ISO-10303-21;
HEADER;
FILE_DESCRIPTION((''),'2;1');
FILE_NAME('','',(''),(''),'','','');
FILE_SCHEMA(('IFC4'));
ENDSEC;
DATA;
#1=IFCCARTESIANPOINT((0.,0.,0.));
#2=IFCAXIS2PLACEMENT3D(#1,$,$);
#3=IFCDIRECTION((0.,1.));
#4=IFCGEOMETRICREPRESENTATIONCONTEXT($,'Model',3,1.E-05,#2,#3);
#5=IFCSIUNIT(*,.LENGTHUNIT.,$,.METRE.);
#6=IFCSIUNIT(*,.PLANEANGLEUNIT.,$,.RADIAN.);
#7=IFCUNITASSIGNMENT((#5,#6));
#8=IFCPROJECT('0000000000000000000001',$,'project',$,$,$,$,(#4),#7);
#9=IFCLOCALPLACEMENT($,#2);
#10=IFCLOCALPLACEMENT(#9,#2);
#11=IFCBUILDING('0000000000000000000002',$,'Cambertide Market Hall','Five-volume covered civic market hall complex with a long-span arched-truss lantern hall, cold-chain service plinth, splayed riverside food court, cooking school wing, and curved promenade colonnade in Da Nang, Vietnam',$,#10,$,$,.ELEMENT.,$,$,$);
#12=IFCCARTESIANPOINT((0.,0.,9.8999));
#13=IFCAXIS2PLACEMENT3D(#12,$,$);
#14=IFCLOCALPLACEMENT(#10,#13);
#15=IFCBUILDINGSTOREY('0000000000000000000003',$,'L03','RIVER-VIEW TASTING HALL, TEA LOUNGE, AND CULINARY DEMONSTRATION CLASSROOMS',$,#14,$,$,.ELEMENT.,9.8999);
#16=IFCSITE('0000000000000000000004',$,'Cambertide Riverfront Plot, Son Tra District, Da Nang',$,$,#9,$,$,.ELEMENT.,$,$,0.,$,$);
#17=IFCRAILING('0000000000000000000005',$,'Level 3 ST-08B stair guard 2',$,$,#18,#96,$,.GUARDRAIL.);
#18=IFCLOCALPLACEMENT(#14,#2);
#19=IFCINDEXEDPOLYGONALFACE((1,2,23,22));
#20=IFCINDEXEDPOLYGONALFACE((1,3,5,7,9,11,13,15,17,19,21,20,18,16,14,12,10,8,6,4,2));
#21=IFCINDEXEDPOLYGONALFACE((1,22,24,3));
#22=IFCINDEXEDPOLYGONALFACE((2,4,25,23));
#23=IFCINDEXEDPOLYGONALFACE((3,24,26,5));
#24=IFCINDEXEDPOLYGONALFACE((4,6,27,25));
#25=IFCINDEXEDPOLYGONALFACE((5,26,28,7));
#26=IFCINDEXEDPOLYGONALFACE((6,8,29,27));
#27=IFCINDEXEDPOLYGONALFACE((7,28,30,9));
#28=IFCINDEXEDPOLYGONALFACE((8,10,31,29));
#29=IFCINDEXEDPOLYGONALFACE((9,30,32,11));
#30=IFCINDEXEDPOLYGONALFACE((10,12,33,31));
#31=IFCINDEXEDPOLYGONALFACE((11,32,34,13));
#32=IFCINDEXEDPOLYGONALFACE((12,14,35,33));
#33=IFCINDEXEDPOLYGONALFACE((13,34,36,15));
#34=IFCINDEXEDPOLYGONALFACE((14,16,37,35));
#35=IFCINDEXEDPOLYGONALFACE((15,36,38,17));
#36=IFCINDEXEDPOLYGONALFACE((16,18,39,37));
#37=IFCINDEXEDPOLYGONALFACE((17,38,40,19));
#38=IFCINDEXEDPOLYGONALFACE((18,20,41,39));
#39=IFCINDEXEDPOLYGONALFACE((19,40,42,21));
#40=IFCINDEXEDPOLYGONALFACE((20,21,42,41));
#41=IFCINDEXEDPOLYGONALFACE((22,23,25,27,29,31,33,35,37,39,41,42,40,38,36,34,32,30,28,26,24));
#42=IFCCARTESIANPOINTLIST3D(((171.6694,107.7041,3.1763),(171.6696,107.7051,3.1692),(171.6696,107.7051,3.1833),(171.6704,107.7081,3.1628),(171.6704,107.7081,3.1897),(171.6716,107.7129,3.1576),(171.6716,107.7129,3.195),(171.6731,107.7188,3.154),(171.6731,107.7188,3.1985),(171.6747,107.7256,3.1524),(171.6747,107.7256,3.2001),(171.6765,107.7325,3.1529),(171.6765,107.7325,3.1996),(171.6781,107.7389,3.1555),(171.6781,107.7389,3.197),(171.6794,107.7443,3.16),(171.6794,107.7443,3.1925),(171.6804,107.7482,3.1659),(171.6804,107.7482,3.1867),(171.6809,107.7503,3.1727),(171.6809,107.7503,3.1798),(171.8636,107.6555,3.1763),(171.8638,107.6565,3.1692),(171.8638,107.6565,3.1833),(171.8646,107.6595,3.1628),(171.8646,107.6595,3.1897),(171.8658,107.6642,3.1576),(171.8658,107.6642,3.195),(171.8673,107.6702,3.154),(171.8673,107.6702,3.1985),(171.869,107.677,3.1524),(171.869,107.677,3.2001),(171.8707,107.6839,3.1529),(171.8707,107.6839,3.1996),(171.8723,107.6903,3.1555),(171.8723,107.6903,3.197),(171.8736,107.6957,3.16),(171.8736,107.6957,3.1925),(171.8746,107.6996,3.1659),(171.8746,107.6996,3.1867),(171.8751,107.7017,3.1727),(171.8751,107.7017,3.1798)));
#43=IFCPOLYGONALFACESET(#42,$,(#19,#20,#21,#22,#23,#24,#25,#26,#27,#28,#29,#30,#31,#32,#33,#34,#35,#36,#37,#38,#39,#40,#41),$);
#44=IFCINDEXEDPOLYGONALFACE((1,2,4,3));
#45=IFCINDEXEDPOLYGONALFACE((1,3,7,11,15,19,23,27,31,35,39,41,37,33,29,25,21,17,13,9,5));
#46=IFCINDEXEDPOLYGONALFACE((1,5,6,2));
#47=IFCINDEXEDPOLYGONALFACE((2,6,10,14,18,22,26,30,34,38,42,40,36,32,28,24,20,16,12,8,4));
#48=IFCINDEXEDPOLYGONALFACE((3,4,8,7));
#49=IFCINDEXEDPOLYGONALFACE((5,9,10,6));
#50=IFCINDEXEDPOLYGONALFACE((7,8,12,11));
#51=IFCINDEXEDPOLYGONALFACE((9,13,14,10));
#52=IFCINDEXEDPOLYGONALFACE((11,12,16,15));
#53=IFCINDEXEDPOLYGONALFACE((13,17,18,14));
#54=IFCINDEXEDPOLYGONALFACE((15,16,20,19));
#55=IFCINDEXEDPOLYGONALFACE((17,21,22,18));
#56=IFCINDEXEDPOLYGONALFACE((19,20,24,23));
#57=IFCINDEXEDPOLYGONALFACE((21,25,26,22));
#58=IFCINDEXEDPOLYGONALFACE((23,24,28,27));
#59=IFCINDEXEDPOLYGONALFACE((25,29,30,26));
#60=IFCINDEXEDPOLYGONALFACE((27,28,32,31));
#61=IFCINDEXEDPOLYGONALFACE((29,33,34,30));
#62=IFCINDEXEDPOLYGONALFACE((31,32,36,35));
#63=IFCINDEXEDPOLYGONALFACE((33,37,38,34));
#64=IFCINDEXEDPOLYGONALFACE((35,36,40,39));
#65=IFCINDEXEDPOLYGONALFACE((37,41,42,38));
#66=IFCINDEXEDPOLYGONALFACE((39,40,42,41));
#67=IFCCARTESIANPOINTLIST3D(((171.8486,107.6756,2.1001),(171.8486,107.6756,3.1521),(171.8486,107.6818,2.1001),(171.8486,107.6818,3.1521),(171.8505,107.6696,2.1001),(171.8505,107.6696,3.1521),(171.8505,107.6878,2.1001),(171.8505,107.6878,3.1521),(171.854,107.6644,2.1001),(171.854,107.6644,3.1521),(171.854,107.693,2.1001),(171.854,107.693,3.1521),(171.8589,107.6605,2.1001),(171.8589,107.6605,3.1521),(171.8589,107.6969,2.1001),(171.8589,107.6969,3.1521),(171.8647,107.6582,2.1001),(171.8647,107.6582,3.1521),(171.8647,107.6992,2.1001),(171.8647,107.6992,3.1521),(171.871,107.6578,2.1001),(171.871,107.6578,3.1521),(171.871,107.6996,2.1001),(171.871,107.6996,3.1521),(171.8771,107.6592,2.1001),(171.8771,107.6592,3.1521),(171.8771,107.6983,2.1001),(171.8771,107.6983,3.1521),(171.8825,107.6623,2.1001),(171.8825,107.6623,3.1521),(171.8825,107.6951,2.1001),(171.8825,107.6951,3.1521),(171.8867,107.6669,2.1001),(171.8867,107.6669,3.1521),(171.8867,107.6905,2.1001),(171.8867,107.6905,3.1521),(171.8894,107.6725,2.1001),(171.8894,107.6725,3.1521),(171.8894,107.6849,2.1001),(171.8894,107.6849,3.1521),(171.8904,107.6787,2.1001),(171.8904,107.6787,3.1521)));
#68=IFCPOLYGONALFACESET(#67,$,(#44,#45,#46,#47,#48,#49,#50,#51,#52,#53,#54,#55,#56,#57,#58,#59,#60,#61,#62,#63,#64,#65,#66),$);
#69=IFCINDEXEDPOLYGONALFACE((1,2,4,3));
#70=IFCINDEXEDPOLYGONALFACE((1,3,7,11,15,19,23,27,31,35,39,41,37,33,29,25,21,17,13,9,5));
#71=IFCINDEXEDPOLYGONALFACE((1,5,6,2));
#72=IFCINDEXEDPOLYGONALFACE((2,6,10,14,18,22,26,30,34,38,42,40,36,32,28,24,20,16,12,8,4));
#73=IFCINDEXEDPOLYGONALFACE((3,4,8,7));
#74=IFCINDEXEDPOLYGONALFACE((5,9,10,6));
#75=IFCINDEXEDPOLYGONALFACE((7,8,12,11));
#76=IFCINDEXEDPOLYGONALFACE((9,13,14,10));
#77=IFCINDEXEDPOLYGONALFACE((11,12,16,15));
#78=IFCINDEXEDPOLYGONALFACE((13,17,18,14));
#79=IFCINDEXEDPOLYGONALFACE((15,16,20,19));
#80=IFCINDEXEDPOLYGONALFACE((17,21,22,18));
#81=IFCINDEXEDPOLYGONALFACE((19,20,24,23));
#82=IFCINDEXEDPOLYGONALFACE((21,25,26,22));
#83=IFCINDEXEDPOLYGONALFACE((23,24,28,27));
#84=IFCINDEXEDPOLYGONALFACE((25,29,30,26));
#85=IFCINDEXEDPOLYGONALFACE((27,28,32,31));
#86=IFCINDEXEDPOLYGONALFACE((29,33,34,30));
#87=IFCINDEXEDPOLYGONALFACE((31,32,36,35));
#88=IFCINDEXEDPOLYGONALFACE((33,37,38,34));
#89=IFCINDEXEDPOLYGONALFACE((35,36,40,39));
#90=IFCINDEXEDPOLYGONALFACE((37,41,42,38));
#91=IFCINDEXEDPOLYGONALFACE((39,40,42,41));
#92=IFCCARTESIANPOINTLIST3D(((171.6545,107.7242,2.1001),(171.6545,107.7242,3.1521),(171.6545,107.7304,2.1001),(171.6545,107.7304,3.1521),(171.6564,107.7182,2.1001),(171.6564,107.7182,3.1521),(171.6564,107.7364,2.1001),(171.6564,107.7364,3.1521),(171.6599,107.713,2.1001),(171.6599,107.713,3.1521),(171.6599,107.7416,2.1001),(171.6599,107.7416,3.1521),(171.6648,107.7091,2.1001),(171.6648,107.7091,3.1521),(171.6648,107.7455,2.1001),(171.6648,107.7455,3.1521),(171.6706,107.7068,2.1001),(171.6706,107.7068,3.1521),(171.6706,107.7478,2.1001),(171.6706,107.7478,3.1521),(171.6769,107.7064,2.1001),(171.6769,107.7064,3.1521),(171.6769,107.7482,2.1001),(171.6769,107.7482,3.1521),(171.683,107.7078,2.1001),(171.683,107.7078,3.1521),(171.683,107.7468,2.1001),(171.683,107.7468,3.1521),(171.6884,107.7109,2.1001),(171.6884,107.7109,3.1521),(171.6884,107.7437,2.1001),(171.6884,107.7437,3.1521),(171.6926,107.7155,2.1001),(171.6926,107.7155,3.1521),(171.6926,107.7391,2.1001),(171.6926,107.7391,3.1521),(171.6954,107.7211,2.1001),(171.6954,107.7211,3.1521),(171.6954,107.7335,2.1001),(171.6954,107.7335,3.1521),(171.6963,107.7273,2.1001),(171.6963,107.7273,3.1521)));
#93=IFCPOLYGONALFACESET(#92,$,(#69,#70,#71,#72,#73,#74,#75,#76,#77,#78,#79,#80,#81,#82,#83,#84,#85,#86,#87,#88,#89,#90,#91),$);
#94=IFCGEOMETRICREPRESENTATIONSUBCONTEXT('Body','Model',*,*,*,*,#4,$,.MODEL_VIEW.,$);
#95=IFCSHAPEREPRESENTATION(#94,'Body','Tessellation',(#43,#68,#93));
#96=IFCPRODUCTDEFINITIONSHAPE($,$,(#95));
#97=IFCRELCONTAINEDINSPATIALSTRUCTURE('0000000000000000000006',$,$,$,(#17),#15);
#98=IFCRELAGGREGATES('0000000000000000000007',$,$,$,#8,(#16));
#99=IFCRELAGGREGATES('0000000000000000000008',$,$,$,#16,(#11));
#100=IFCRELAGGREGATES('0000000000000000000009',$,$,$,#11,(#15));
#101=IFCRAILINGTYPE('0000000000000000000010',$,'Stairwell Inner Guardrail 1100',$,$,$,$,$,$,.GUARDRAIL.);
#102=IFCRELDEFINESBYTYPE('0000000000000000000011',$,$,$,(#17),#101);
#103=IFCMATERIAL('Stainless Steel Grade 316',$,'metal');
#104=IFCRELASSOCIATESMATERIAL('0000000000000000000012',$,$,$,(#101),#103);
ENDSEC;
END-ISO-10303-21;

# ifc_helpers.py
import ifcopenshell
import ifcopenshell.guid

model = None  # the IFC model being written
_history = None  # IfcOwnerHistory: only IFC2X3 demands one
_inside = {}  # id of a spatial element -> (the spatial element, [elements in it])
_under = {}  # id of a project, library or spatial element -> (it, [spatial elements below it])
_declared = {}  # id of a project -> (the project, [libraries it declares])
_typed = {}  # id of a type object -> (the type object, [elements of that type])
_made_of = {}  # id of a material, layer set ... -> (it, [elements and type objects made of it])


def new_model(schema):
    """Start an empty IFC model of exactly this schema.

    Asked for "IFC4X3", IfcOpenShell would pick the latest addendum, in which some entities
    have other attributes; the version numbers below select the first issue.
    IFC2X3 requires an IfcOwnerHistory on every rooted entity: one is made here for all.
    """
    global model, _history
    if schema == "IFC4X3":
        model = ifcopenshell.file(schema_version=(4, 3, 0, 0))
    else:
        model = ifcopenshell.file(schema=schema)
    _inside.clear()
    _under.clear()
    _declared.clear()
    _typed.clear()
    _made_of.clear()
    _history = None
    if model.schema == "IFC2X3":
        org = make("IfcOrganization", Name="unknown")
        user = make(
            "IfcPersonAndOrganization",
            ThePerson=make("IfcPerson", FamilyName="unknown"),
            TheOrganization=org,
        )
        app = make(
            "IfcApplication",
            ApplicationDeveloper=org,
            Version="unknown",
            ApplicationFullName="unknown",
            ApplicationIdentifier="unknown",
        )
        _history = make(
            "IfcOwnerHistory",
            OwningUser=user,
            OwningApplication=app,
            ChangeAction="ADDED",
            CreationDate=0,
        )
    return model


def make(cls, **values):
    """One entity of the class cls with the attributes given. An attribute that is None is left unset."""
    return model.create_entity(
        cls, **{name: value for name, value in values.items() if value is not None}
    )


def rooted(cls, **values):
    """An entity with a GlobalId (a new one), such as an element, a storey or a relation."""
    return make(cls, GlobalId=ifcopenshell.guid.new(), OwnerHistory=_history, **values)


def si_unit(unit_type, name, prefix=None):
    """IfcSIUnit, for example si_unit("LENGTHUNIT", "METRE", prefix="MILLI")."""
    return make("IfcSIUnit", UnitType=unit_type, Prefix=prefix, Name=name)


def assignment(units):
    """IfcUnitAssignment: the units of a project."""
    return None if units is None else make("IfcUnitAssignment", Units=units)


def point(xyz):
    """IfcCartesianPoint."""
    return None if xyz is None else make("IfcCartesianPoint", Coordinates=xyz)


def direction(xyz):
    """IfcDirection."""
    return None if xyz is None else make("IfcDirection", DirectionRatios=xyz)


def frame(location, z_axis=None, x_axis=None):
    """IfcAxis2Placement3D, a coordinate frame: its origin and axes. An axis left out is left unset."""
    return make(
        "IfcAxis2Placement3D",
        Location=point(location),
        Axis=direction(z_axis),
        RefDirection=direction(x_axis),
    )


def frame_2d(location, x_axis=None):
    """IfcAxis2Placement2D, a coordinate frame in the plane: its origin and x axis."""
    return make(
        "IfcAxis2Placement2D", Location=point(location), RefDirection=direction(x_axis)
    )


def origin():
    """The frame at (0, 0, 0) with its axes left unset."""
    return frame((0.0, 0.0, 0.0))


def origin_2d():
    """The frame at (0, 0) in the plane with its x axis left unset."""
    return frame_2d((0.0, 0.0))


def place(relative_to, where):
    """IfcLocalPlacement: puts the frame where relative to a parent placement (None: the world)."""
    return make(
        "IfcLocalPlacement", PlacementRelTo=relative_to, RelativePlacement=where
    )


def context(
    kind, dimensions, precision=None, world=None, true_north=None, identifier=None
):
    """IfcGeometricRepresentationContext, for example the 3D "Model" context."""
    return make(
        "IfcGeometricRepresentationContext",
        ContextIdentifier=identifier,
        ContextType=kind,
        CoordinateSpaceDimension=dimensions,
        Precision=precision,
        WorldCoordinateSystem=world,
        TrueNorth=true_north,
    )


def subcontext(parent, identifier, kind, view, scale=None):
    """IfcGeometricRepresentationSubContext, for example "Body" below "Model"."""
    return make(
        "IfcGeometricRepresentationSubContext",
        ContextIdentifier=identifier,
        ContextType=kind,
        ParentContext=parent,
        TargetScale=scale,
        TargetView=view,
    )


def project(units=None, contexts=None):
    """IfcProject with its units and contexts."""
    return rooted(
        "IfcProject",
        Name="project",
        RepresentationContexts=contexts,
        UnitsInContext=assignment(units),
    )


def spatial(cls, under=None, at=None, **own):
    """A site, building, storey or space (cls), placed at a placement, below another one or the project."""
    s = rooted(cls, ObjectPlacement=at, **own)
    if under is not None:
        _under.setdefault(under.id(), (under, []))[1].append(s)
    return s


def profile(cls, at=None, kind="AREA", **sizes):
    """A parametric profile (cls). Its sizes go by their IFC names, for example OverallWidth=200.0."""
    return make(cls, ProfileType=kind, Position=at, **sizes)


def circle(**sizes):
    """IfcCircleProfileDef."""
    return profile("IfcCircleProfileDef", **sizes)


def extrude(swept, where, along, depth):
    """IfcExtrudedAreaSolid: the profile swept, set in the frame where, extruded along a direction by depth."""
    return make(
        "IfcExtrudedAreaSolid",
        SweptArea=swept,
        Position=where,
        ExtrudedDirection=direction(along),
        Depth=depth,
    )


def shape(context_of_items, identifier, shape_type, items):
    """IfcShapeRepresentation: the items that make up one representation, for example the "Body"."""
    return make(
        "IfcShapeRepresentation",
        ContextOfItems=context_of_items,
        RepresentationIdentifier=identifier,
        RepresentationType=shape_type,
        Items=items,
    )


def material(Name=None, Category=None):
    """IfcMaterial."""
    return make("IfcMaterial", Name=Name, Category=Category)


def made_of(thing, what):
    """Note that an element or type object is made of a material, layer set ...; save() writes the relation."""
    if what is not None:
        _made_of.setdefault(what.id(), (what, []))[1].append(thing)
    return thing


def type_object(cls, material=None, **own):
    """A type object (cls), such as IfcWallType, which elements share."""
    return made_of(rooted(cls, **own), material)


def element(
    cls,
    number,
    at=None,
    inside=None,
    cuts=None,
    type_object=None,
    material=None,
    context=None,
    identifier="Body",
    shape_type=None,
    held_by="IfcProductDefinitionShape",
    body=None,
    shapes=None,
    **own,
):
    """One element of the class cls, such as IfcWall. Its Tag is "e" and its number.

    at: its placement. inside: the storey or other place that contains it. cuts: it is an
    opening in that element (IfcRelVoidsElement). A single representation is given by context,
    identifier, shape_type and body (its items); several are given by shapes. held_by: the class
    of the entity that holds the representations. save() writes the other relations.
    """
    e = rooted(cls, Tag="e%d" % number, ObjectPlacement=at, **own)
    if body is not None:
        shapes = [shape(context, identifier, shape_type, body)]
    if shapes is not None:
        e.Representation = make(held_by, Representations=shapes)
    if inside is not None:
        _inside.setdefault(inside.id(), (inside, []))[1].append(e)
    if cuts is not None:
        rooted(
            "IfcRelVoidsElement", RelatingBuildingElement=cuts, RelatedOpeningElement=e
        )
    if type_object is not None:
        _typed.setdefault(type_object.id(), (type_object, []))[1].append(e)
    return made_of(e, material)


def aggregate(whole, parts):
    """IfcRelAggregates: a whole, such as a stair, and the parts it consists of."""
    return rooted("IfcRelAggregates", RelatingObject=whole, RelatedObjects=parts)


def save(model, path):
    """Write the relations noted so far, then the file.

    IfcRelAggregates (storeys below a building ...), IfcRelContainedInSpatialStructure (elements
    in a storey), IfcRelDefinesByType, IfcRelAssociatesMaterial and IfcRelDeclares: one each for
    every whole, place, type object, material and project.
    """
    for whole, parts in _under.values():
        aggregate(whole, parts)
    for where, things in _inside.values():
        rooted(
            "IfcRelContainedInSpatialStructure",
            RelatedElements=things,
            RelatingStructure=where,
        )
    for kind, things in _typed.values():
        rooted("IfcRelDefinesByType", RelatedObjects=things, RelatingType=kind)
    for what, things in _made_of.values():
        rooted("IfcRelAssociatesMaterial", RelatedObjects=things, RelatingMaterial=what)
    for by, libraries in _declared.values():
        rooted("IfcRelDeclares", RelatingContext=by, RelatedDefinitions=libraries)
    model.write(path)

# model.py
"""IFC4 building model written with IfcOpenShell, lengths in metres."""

from ifc_helpers import new_model, si_unit, direction, frame, origin, origin_2d, place, context, subcontext, project, spatial, circle, extrude, material, type_object, element, save


model = new_model("IFC4")

# Units and contexts
model_context = context("Model", 3, precision=1e-05, world=origin(), true_north=direction((0.0, 1.0)))
body_context = subcontext(model_context, "Body", "Model", "MODEL_VIEW")
ifc_project = project(units=[si_unit("LENGTHUNIT", "METRE"), si_unit("PLANEANGLEUNIT", "RADIAN")], contexts=[model_context])

# Site, building, storey
site_placement = place(None, origin())
site = spatial("IfcSite", under=ifc_project, at=site_placement, Name="Cambertide Riverfront Plot, Son Tra District, Da Nang", CompositionType="ELEMENT", RefElevation=0.0)
building_placement = place(site_placement, origin())
building = spatial("IfcBuilding", under=site, at=building_placement, Name="Cambertide Market Hall", Description="Five-volume covered civic market hall complex with a long-span arched-truss lantern hall, cold-chain service plinth, splayed riverside food court, cooking school wing, and curved promenade colonnade in Da Nang, Vietnam", CompositionType="ELEMENT")
storey_placement = place(building_placement, frame((0.0, 0.0, 9.8999)))
storey = spatial("IfcBuildingStorey", under=building, at=storey_placement, Name="L03", Description="RIVER-VIEW TASTING HALL, TEA LOUNGE, AND CULINARY DEMONSTRATION CLASSROOMS", CompositionType="ELEMENT", Elevation=9.8999)

# Railing
ifc_material_1 = material(Name="Stainless Steel Grade 316", Category="metal")
railing_type_1 = type_object("IfcRailingType", Name="Stairwell Inner Guardrail 1100", PredefinedType="GUARDRAIL", material=ifc_material_1)
railing_1_placement = place(storey_placement, frame((171.8694, 107.6787, 2.1001)))
element("IfcRailing", 1, at=railing_1_placement, inside=storey, type_object=railing_type_1, Name="Level 3 ST-08B stair guard 2", PredefinedType="GUARDRAIL", context=body_context, shape_type="SweptSolid", body=[
    extrude(circle(Radius=0.0239, at=origin_2d()), frame((0.0, 0.0, 1.0762), z_axis=(-0.970071, 0.242823, 0.0), x_axis=(-0.242823, -0.970071, 0.0)), (0.0, 0.0, 1.0), 0.2002),
    extrude(circle(Radius=0.021, at=origin_2d()), origin(), (0.0, 0.0, 1.0), 1.052),
    extrude(circle(Radius=0.021, at=origin_2d()), frame((-0.1941, 0.0486, 0.0)), (0.0, 0.0, 1.0), 1.052),
])

save(model, "model.ifc")
